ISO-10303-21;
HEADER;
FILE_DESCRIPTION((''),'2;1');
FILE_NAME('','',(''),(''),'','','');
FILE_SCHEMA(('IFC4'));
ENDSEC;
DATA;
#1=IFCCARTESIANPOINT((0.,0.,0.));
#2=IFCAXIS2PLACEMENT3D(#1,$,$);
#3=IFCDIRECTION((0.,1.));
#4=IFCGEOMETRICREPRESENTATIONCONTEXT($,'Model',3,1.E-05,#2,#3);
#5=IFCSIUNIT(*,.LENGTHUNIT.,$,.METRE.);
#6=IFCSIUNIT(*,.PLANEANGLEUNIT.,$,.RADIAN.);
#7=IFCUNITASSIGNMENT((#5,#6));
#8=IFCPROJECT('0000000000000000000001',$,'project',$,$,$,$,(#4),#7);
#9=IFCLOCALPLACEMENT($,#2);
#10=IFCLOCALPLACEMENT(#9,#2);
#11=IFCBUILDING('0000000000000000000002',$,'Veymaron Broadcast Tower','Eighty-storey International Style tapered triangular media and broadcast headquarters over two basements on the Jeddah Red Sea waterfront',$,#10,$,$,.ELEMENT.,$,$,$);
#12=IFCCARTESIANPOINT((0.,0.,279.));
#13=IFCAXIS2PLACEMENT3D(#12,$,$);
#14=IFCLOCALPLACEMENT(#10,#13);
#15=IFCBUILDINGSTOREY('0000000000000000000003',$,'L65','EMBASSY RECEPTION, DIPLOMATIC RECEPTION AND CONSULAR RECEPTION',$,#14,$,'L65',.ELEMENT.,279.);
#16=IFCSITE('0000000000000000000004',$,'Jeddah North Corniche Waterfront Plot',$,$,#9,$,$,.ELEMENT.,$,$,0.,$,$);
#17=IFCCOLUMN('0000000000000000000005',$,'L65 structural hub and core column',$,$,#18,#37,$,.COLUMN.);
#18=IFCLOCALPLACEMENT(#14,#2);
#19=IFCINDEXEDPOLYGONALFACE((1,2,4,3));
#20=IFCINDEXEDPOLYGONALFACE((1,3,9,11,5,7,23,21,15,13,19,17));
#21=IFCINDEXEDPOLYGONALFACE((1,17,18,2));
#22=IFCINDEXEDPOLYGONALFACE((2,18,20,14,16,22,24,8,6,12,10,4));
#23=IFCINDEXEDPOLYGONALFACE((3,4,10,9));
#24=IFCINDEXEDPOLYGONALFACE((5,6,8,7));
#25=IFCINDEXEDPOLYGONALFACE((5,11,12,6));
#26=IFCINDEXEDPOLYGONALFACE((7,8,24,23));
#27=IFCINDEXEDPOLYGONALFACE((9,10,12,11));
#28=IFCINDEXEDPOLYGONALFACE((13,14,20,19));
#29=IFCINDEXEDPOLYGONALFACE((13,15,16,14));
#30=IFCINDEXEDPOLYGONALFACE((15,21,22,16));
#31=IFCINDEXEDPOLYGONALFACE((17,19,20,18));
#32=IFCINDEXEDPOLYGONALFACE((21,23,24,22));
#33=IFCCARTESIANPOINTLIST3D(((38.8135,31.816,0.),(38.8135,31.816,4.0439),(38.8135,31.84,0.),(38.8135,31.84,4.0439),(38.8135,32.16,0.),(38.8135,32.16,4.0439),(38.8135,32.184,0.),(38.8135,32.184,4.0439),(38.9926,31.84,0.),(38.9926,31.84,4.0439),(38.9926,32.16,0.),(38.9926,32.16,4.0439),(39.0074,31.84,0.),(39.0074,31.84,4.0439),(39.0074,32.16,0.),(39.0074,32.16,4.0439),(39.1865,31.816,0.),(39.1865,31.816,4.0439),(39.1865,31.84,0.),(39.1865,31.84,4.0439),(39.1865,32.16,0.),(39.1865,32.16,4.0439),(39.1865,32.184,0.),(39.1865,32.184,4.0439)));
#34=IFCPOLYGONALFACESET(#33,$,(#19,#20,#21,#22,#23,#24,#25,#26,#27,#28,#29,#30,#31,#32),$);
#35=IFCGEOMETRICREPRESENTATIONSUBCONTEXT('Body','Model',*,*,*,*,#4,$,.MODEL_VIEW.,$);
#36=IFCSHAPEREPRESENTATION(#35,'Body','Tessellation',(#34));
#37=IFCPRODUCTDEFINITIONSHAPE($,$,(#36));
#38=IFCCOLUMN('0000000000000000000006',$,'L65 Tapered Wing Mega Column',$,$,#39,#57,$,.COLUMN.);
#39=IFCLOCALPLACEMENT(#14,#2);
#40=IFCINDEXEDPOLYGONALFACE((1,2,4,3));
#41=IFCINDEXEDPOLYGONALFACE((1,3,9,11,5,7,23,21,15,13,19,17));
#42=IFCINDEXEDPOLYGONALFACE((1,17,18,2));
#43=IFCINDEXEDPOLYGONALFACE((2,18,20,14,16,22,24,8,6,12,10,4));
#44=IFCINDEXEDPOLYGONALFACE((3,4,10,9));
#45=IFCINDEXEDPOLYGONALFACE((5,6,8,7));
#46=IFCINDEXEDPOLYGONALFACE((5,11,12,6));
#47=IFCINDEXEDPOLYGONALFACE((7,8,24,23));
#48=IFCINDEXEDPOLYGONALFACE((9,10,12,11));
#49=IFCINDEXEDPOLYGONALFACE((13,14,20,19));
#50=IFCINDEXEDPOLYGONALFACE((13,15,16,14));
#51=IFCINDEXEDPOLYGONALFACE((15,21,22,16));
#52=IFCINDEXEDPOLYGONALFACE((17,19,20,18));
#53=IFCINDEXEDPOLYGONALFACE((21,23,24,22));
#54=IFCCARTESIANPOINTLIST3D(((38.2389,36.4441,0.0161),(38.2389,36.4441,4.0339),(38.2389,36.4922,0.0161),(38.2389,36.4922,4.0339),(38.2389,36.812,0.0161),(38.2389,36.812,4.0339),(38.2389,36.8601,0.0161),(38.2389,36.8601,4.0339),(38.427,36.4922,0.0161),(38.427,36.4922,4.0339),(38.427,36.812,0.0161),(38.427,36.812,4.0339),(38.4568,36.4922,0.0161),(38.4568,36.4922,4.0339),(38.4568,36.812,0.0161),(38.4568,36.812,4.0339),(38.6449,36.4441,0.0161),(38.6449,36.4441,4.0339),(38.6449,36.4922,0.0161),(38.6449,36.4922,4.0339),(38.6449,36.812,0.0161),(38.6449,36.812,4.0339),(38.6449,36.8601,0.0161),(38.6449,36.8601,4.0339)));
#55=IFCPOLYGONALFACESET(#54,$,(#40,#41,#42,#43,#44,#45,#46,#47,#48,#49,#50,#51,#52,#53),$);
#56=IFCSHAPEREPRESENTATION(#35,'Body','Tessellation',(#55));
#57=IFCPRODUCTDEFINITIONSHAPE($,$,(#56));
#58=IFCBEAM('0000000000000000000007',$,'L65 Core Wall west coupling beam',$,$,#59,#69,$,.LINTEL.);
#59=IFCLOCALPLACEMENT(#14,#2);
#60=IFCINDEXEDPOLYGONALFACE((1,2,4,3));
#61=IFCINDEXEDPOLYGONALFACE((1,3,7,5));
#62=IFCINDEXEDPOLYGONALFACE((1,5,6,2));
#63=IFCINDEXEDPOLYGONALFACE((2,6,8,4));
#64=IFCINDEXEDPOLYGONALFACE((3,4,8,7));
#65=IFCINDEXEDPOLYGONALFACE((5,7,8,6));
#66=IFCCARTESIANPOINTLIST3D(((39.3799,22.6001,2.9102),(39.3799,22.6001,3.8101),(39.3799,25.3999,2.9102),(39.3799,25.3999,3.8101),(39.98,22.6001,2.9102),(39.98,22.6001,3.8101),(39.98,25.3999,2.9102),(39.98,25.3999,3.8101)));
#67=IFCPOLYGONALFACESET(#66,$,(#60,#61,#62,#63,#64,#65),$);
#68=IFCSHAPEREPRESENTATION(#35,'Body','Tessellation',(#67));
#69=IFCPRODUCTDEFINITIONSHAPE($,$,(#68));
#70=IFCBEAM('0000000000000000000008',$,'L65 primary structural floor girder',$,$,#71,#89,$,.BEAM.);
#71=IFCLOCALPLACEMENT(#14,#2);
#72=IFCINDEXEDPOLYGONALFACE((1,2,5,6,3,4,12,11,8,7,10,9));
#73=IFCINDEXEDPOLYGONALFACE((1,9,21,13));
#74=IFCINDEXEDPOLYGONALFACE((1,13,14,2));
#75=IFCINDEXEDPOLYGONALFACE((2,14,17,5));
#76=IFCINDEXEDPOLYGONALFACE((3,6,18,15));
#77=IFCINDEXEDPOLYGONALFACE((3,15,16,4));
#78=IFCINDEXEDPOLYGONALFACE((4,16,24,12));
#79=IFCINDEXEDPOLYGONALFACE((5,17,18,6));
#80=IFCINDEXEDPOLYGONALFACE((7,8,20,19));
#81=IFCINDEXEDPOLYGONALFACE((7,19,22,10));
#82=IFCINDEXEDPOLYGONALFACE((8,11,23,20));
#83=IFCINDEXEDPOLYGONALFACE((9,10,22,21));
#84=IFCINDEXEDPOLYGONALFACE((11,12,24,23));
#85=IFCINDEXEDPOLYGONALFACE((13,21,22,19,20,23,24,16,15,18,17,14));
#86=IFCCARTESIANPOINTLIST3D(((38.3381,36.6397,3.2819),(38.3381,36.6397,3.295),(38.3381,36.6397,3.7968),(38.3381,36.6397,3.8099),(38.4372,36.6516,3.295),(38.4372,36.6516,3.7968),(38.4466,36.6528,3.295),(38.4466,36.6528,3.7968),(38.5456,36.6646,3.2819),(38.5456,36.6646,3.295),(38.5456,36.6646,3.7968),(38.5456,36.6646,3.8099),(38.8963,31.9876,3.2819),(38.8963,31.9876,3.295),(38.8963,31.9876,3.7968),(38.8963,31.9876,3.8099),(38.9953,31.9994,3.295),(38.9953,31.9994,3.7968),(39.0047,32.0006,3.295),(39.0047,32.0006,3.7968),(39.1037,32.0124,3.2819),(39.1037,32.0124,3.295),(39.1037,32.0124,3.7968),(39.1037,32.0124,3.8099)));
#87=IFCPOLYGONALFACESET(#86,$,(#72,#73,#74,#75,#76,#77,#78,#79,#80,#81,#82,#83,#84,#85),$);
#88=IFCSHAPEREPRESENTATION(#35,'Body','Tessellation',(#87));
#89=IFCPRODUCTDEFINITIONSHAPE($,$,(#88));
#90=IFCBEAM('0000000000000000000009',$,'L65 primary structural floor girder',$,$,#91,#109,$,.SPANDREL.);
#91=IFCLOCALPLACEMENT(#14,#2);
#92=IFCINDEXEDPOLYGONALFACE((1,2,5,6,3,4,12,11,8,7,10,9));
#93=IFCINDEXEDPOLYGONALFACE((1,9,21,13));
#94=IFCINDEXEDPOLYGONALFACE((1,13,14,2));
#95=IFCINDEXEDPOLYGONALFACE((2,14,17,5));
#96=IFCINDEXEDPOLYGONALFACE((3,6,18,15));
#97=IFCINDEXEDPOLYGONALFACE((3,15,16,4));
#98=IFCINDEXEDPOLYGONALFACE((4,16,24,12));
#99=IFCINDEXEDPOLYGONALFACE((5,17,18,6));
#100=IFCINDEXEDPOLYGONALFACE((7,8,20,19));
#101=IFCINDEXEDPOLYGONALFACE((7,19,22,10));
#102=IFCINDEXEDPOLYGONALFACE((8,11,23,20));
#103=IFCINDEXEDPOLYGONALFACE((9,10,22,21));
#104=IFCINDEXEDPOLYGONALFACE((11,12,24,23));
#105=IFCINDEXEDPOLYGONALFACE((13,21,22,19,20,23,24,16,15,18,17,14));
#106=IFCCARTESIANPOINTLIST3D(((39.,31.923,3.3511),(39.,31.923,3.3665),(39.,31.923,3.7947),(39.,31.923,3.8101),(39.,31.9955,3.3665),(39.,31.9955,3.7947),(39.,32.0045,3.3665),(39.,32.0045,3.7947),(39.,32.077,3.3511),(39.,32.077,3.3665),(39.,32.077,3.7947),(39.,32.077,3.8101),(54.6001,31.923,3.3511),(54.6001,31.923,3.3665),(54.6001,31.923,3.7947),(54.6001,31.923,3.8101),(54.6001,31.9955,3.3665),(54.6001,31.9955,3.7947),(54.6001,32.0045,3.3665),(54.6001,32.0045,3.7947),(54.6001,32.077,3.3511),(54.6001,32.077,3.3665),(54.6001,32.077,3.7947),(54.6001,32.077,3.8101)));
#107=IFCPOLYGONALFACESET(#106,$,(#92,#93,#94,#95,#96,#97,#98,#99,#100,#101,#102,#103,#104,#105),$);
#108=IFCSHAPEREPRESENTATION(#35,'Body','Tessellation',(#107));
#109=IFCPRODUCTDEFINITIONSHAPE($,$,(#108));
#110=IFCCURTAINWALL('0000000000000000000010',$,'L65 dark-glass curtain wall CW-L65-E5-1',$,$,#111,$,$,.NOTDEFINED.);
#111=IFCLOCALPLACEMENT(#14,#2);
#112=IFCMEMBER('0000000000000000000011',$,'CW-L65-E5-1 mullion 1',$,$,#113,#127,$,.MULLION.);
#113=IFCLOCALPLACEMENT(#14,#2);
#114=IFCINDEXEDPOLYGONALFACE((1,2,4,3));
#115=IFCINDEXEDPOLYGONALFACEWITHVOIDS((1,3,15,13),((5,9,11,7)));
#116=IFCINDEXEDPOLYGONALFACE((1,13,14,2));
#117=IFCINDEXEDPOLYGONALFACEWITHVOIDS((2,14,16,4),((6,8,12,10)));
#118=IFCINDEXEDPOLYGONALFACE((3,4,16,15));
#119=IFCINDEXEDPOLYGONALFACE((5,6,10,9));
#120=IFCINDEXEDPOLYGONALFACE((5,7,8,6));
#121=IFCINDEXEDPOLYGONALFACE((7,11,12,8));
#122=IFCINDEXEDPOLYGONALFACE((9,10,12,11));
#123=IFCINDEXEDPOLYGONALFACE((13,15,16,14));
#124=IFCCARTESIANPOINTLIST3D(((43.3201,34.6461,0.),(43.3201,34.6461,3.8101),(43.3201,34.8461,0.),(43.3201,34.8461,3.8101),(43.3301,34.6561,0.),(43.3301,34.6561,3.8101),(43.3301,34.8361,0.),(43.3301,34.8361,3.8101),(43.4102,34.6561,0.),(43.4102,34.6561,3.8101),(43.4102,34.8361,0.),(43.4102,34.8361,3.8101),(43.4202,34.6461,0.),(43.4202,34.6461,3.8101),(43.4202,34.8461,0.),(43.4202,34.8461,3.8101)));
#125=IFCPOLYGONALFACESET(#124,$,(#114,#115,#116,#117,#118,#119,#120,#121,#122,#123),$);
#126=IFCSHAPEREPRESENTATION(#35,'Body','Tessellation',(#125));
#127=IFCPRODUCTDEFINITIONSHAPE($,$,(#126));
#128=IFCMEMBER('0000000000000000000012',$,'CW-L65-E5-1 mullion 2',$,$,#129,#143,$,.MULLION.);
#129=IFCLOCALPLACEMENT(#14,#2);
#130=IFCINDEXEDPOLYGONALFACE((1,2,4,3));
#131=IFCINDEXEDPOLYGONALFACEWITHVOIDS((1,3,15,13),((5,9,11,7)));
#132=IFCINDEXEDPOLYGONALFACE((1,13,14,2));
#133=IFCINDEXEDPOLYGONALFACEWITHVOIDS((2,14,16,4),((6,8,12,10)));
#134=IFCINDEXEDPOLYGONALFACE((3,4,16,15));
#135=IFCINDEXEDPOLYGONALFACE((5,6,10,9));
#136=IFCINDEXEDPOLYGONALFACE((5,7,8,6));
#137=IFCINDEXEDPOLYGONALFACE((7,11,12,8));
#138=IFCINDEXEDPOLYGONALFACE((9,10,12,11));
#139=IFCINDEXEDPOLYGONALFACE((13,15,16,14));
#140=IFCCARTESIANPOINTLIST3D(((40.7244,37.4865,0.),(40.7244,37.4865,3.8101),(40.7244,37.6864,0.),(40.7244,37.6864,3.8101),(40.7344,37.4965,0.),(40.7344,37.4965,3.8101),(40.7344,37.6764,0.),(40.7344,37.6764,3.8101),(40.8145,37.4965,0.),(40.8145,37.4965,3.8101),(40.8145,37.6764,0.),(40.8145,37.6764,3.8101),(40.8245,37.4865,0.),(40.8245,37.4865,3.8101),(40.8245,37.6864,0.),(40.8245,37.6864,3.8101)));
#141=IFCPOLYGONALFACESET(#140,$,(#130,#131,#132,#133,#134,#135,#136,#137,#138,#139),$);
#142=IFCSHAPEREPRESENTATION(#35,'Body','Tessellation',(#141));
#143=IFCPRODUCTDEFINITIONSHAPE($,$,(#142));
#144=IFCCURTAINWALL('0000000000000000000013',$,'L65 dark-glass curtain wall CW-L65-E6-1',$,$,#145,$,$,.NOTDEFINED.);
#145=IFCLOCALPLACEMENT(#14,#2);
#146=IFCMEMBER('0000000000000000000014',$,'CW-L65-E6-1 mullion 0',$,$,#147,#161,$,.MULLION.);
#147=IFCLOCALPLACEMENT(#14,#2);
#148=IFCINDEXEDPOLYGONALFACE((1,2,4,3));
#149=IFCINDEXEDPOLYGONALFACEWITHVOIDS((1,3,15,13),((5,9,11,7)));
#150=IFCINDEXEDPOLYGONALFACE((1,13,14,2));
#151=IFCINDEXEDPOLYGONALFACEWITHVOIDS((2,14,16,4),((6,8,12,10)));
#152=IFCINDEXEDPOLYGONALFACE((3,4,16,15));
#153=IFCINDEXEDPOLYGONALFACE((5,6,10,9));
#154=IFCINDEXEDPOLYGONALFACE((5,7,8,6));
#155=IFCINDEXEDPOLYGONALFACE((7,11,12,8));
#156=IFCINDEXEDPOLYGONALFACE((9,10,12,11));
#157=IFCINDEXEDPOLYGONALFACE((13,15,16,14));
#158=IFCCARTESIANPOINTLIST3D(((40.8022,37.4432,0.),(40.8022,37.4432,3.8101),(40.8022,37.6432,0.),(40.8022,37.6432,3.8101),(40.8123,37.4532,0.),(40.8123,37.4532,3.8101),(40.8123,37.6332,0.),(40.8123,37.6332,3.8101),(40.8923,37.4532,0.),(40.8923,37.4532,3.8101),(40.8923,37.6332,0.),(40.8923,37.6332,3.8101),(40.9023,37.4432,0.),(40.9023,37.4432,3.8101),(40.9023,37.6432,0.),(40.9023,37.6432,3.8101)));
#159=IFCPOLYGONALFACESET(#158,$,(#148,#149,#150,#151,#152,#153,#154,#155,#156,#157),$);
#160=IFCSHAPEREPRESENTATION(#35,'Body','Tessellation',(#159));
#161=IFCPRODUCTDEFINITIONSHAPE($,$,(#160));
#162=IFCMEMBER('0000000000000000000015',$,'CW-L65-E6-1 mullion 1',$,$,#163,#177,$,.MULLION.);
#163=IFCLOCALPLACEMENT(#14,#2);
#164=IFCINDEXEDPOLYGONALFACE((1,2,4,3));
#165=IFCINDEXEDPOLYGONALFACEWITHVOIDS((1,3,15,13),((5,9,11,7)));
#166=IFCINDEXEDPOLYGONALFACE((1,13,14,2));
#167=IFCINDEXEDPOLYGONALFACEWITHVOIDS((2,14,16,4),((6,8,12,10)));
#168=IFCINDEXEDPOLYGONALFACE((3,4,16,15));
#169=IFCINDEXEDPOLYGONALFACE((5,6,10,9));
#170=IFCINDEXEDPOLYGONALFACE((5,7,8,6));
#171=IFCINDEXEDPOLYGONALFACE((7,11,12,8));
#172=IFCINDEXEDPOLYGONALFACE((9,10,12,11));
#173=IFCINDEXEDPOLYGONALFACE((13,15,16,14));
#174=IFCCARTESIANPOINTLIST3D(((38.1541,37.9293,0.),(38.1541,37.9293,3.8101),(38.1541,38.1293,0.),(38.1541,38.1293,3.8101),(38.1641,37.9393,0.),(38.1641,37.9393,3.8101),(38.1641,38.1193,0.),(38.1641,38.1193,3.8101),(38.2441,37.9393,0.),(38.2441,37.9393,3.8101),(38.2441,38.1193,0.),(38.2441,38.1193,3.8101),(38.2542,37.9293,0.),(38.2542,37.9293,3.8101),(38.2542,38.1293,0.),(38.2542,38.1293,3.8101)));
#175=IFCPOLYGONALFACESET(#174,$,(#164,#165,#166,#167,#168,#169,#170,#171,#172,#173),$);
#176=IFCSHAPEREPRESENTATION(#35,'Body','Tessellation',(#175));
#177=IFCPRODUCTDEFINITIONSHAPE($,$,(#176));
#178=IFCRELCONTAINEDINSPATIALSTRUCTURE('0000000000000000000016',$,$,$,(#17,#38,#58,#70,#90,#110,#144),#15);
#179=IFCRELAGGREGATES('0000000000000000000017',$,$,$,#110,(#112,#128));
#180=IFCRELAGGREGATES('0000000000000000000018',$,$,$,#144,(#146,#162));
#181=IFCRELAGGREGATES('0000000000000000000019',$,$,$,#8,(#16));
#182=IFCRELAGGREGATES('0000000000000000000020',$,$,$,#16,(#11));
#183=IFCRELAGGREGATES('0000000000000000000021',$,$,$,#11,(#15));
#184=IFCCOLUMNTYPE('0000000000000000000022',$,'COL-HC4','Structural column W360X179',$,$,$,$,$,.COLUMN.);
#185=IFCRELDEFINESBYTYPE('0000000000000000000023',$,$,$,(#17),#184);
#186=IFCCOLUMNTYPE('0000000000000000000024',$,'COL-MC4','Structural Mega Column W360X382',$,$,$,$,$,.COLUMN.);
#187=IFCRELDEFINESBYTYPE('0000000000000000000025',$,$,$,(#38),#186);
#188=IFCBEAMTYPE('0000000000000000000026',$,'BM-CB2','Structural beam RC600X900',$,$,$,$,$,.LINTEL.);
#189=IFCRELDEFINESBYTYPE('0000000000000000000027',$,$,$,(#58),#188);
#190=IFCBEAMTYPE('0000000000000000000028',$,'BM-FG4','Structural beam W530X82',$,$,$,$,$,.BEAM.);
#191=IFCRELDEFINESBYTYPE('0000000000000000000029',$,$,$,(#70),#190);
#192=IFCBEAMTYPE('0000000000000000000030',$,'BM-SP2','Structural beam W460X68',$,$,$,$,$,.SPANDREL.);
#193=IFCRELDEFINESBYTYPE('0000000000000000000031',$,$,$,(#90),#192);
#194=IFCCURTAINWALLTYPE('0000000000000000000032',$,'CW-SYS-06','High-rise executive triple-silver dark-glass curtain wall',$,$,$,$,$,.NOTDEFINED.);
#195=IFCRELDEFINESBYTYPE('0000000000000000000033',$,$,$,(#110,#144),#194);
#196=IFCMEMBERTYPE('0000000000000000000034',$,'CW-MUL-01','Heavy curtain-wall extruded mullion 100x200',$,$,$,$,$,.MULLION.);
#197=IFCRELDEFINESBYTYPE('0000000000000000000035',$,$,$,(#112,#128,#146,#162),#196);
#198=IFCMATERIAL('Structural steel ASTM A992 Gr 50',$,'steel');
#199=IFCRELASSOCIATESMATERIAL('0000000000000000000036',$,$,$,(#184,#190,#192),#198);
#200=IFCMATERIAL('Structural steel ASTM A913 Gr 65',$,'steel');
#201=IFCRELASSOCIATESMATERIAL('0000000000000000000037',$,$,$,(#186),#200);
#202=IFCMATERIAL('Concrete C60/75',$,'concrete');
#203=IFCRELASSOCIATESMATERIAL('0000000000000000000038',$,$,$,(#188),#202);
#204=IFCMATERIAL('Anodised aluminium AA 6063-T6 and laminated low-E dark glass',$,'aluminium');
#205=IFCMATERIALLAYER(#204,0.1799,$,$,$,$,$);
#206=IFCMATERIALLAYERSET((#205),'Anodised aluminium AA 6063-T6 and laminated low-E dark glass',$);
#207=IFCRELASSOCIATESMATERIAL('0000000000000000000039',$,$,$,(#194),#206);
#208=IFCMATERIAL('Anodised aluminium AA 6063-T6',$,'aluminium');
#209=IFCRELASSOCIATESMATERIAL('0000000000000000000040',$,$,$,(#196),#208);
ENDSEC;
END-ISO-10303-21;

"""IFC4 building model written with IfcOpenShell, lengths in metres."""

from ifc_helpers import new_model, si_unit, direction, frame, origin, origin_2d, place, context, subcontext, project, spatial, rectangle, hollow_rectangle, i_section, extrude, material, layer, layer_set, material_profile, profile_set, type_object, element, aggregate, save


model = new_model("IFC4")

# Units and contexts
model_context = context("Model", 3, precision=1e-05, world=origin(), true_north=direction((0.0, 1.0)))
body_context = subcontext(model_context, "Body", "Model", "MODEL_VIEW")
ifc_project = project(units=[si_unit("LENGTHUNIT", "METRE"), si_unit("PLANEANGLEUNIT", "RADIAN")], contexts=[model_context])

# Site, building, storey
site_placement = place(None, origin())
site = spatial("IfcSite", under=ifc_project, at=site_placement, Name="Jeddah North Corniche Waterfront Plot", CompositionType="ELEMENT", RefElevation=0.0)
building_placement = place(site_placement, origin())
building = spatial("IfcBuilding", under=site, at=building_placement, Name="Veymaron Broadcast Tower", Description="Eighty-storey International Style tapered triangular media and broadcast headquarters over two basements on the Jeddah Red Sea waterfront", CompositionType="ELEMENT")
storey_placement = place(building_placement, frame((0.0, 0.0, 279.0)))
storey = spatial("IfcBuildingStorey", under=building, at=storey_placement, Name="L65", Description="EMBASSY RECEPTION, DIPLOMATIC RECEPTION AND CONSULAR RECEPTION", LongName="L65", CompositionType="ELEMENT", Elevation=279.0)

# Columns
ifc_material_1 = material(Name="Structural steel ASTM A992 Gr 50", Category="steel")
ifc_material_profile_1 = material_profile(ifc_material_1, i_section(OverallWidth=0.373, OverallDepth=0.3679, WebThickness=0.0149, FlangeThickness=0.0239, at=origin_2d()), Name="W360X179")
ifc_profile_set_1 = profile_set([ifc_material_profile_1], Name="Structural steel ASTM A992 Gr 50")
column_type_1 = type_object("IfcColumnType", Name="COL-HC4", Description="Structural column W360X179", PredefinedType="COLUMN", material=ifc_profile_set_1)
column_1_placement = place(storey_placement, frame((39.0, 32.0, 0.0), z_axis=(0.0, 0.0, 1.0), x_axis=(1.0, 0.0, 0.0)))
element("IfcColumn", 1, at=column_1_placement, inside=storey, type_object=column_type_1, Name="L65 structural hub and core column", PredefinedType="COLUMN", context=body_context, shape_type="SweptSolid", body=[
    extrude(i_section(OverallWidth=0.373, OverallDepth=0.3679, WebThickness=0.0149, FlangeThickness=0.0239, at=origin_2d()), origin(), (0.0, 0.0, 1.0), 4.0439),
])
ifc_material_2 = material(Name="Structural steel ASTM A913 Gr 65", Category="steel")
ifc_material_profile_2 = material_profile(ifc_material_2, i_section(OverallWidth=0.406, OverallDepth=0.416, WebThickness=0.0298, FlangeThickness=0.0481, at=origin_2d()), Name="W360X382")
ifc_profile_set_2 = profile_set([ifc_material_profile_2], Name="Structural steel ASTM A913 Gr 65")
column_type_2 = type_object("IfcColumnType", Name="COL-MC4", Description="Structural Mega Column W360X382", PredefinedType="COLUMN", material=ifc_profile_set_2)
column_2_placement = place(storey_placement, frame((38.4419, 36.6521, 0.0161), z_axis=(0.0, 0.0, 1.0), x_axis=(1.0, 0.0, 0.0)))
element("IfcColumn", 2, at=column_2_placement, inside=storey, type_object=column_type_2, Name="L65 Tapered Wing Mega Column", PredefinedType="COLUMN", context=body_context, shape_type="SweptSolid", body=[
    extrude(i_section(OverallWidth=0.406, OverallDepth=0.416, WebThickness=0.0298, FlangeThickness=0.0481, at=origin_2d()), origin(), (0.0, 0.0, 1.0), 4.0178),
])

# Beams
ifc_material_3 = material(Name="Concrete C60/75", Category="concrete")
ifc_material_profile_3 = material_profile(ifc_material_3, rectangle(XDim=0.6001, YDim=0.8999, at=origin_2d()), Name="RC600X900")
ifc_profile_set_3 = profile_set([ifc_material_profile_3], Name="Concrete C60/75")
beam_type_1 = type_object("IfcBeamType", Name="BM-CB2", Description="Structural beam RC600X900", PredefinedType="LINTEL", material=ifc_profile_set_3)
beam_1_placement = place(storey_placement, frame((39.6799, 22.6001, 3.3601), z_axis=(0.0, 1.0, 0.0), x_axis=(-1.0, 0.0, 0.0)))
element("IfcBeam", 3, at=beam_1_placement, inside=storey, type_object=beam_type_1, Name="L65 Core Wall west coupling beam", PredefinedType="LINTEL", context=body_context, shape_type="SweptSolid", body=[
    extrude(rectangle(XDim=0.6001, YDim=0.8999, at=origin_2d()), origin(), (0.0, 0.0, 1.0), 2.7998),
])
ifc_material_profile_4 = material_profile(ifc_material_1, i_section(OverallWidth=0.209, OverallDepth=0.5281, WebThickness=0.0095, FlangeThickness=0.0132, at=origin_2d()), Name="W530X82")
ifc_profile_set_4 = profile_set([ifc_material_profile_4], Name="Structural steel ASTM A992 Gr 50")
beam_type_2 = type_object("IfcBeamType", Name="BM-FG4", Description="Structural beam W530X82", PredefinedType="BEAM", material=ifc_profile_set_4)
beam_2_placement = place(storey_placement, frame((39.0, 32.0, 3.5459), z_axis=(-0.119114, 0.992881, 0.0), x_axis=(-0.992881, -0.119114, 0.0)))
element("IfcBeam", 4, at=beam_2_placement, inside=storey, type_object=beam_type_2, Name="L65 primary structural floor girder", PredefinedType="BEAM", context=body_context, shape_type="SweptSolid", body=[
    extrude(i_section(OverallWidth=0.209, OverallDepth=0.5281, WebThickness=0.0095, FlangeThickness=0.0132, at=origin_2d()), origin(), (0.0, 0.0, 1.0), 4.6855),
])
ifc_material_profile_5 = material_profile(ifc_material_1, i_section(OverallWidth=0.1541, OverallDepth=0.459, WebThickness=0.009, FlangeThickness=0.0154, at=origin_2d()), Name="W460X68")
ifc_profile_set_5 = profile_set([ifc_material_profile_5], Name="Structural steel ASTM A992 Gr 50")
beam_type_3 = type_object("IfcBeamType", Name="BM-SP2", Description="Structural beam W460X68", PredefinedType="SPANDREL", material=ifc_profile_set_5)
beam_3_placement = place(storey_placement, frame((39.0, 32.0, 3.5806), z_axis=(1.0, 0.0, 0.0), x_axis=(0.0, 1.0, 0.0)))
element("IfcBeam", 5, at=beam_3_placement, inside=storey, type_object=beam_type_3, Name="L65 primary structural floor girder", PredefinedType="SPANDREL", context=body_context, shape_type="SweptSolid", body=[
    extrude(i_section(OverallWidth=0.1541, OverallDepth=0.459, WebThickness=0.009, FlangeThickness=0.0154, at=origin_2d()), origin(), (0.0, 0.0, 1.0), 15.6001),
])

# Curtain walls, members
ifc_material_4 = material(Name="Anodised aluminium AA 6063-T6 and laminated low-E dark glass", Category="aluminium")
ifc_layer_1 = layer(ifc_material_4, 0.1799)
ifc_layer_set_1 = layer_set([ifc_layer_1], Name="Anodised aluminium AA 6063-T6 and laminated low-E dark glass")
curtain_wall_type = type_object("IfcCurtainWallType", Name="CW-SYS-06", Description="High-rise executive triple-silver dark-glass curtain wall", PredefinedType="NOTDEFINED", material=ifc_layer_set_1)
curtain_wall_1_placement = place(storey_placement, origin())
curtain_wall_1 = element("IfcCurtainWall", 6, at=curtain_wall_1_placement, inside=storey, type_object=curtain_wall_type, Name="L65 dark-glass curtain wall CW-L65-E5-1", PredefinedType="NOTDEFINED")
ifc_material_5 = material(Name="Anodised aluminium AA 6063-T6", Category="aluminium")
ifc_material_profile_6 = material_profile(ifc_material_5, hollow_rectangle(XDim=0.1001, YDim=0.2, WallThickness=0.01, at=origin_2d()), Name="RHS200X100X10")
ifc_profile_set_6 = profile_set([ifc_material_profile_6], Name="Anodised aluminium AA 6063-T6")
member_type_1 = type_object("IfcMemberType", Name="CW-MUL-01", Description="Heavy curtain-wall extruded mullion 100x200", PredefinedType="MULLION", material=ifc_profile_set_6)
member_1_placement = place(storey_placement, frame((43.3701, 34.7461, 0.0), z_axis=(0.0, 0.0, 1.0), x_axis=(1.0, 0.0, 0.0)))
member_1 = element("IfcMember", 7, at=member_1_placement, type_object=member_type_1, Name="CW-L65-E5-1 mullion 1", PredefinedType="MULLION", context=body_context, shape_type="SweptSolid", body=[
    extrude(hollow_rectangle(XDim=0.1001, YDim=0.2, WallThickness=0.01, at=origin_2d()), origin(), (0.0, 0.0, 1.0), 3.8101),
])
member_2_placement = place(storey_placement, frame((40.7744, 37.5864, 0.0), z_axis=(0.0, 0.0, 1.0), x_axis=(1.0, 0.0, 0.0)))
member_2 = element("IfcMember", 8, at=member_2_placement, type_object=member_type_1, Name="CW-L65-E5-1 mullion 2", PredefinedType="MULLION", context=body_context, shape_type="SweptSolid", body=[
    extrude(hollow_rectangle(XDim=0.1001, YDim=0.2, WallThickness=0.01, at=origin_2d()), origin(), (0.0, 0.0, 1.0), 3.8101),
])
curtain_wall_2_placement = place(storey_placement, origin())
curtain_wall_2 = element("IfcCurtainWall", 9, at=curtain_wall_2_placement, inside=storey, type_object=curtain_wall_type, Name="L65 dark-glass curtain wall CW-L65-E6-1", PredefinedType="NOTDEFINED")
member_3_placement = place(storey_placement, frame((40.8523, 37.5432, 0.0), z_axis=(0.0, 0.0, 1.0), x_axis=(1.0, 0.0, 0.0)))
member_3 = element("IfcMember", 10, at=member_3_placement, type_object=member_type_1, Name="CW-L65-E6-1 mullion 0", PredefinedType="MULLION", context=body_context, shape_type="SweptSolid", body=[
    extrude(hollow_rectangle(XDim=0.1001, YDim=0.2, WallThickness=0.01, at=origin_2d()), origin(), (0.0, 0.0, 1.0), 3.8101),
])
member_4_placement = place(storey_placement, frame((38.2041, 38.0293, 0.0), z_axis=(0.0, 0.0, 1.0), x_axis=(1.0, 0.0, 0.0)))
member_4 = element("IfcMember", 11, at=member_4_placement, type_object=member_type_1, Name="CW-L65-E6-1 mullion 1", PredefinedType="MULLION", context=body_context, shape_type="SweptSolid", body=[
    extrude(hollow_rectangle(XDim=0.1001, YDim=0.2, WallThickness=0.01, at=origin_2d()), origin(), (0.0, 0.0, 1.0), 3.8101),
])

aggregate(curtain_wall_1, [member_1, member_2])
aggregate(curtain_wall_2, [member_3, member_4])

save(model, "model.ifc")
